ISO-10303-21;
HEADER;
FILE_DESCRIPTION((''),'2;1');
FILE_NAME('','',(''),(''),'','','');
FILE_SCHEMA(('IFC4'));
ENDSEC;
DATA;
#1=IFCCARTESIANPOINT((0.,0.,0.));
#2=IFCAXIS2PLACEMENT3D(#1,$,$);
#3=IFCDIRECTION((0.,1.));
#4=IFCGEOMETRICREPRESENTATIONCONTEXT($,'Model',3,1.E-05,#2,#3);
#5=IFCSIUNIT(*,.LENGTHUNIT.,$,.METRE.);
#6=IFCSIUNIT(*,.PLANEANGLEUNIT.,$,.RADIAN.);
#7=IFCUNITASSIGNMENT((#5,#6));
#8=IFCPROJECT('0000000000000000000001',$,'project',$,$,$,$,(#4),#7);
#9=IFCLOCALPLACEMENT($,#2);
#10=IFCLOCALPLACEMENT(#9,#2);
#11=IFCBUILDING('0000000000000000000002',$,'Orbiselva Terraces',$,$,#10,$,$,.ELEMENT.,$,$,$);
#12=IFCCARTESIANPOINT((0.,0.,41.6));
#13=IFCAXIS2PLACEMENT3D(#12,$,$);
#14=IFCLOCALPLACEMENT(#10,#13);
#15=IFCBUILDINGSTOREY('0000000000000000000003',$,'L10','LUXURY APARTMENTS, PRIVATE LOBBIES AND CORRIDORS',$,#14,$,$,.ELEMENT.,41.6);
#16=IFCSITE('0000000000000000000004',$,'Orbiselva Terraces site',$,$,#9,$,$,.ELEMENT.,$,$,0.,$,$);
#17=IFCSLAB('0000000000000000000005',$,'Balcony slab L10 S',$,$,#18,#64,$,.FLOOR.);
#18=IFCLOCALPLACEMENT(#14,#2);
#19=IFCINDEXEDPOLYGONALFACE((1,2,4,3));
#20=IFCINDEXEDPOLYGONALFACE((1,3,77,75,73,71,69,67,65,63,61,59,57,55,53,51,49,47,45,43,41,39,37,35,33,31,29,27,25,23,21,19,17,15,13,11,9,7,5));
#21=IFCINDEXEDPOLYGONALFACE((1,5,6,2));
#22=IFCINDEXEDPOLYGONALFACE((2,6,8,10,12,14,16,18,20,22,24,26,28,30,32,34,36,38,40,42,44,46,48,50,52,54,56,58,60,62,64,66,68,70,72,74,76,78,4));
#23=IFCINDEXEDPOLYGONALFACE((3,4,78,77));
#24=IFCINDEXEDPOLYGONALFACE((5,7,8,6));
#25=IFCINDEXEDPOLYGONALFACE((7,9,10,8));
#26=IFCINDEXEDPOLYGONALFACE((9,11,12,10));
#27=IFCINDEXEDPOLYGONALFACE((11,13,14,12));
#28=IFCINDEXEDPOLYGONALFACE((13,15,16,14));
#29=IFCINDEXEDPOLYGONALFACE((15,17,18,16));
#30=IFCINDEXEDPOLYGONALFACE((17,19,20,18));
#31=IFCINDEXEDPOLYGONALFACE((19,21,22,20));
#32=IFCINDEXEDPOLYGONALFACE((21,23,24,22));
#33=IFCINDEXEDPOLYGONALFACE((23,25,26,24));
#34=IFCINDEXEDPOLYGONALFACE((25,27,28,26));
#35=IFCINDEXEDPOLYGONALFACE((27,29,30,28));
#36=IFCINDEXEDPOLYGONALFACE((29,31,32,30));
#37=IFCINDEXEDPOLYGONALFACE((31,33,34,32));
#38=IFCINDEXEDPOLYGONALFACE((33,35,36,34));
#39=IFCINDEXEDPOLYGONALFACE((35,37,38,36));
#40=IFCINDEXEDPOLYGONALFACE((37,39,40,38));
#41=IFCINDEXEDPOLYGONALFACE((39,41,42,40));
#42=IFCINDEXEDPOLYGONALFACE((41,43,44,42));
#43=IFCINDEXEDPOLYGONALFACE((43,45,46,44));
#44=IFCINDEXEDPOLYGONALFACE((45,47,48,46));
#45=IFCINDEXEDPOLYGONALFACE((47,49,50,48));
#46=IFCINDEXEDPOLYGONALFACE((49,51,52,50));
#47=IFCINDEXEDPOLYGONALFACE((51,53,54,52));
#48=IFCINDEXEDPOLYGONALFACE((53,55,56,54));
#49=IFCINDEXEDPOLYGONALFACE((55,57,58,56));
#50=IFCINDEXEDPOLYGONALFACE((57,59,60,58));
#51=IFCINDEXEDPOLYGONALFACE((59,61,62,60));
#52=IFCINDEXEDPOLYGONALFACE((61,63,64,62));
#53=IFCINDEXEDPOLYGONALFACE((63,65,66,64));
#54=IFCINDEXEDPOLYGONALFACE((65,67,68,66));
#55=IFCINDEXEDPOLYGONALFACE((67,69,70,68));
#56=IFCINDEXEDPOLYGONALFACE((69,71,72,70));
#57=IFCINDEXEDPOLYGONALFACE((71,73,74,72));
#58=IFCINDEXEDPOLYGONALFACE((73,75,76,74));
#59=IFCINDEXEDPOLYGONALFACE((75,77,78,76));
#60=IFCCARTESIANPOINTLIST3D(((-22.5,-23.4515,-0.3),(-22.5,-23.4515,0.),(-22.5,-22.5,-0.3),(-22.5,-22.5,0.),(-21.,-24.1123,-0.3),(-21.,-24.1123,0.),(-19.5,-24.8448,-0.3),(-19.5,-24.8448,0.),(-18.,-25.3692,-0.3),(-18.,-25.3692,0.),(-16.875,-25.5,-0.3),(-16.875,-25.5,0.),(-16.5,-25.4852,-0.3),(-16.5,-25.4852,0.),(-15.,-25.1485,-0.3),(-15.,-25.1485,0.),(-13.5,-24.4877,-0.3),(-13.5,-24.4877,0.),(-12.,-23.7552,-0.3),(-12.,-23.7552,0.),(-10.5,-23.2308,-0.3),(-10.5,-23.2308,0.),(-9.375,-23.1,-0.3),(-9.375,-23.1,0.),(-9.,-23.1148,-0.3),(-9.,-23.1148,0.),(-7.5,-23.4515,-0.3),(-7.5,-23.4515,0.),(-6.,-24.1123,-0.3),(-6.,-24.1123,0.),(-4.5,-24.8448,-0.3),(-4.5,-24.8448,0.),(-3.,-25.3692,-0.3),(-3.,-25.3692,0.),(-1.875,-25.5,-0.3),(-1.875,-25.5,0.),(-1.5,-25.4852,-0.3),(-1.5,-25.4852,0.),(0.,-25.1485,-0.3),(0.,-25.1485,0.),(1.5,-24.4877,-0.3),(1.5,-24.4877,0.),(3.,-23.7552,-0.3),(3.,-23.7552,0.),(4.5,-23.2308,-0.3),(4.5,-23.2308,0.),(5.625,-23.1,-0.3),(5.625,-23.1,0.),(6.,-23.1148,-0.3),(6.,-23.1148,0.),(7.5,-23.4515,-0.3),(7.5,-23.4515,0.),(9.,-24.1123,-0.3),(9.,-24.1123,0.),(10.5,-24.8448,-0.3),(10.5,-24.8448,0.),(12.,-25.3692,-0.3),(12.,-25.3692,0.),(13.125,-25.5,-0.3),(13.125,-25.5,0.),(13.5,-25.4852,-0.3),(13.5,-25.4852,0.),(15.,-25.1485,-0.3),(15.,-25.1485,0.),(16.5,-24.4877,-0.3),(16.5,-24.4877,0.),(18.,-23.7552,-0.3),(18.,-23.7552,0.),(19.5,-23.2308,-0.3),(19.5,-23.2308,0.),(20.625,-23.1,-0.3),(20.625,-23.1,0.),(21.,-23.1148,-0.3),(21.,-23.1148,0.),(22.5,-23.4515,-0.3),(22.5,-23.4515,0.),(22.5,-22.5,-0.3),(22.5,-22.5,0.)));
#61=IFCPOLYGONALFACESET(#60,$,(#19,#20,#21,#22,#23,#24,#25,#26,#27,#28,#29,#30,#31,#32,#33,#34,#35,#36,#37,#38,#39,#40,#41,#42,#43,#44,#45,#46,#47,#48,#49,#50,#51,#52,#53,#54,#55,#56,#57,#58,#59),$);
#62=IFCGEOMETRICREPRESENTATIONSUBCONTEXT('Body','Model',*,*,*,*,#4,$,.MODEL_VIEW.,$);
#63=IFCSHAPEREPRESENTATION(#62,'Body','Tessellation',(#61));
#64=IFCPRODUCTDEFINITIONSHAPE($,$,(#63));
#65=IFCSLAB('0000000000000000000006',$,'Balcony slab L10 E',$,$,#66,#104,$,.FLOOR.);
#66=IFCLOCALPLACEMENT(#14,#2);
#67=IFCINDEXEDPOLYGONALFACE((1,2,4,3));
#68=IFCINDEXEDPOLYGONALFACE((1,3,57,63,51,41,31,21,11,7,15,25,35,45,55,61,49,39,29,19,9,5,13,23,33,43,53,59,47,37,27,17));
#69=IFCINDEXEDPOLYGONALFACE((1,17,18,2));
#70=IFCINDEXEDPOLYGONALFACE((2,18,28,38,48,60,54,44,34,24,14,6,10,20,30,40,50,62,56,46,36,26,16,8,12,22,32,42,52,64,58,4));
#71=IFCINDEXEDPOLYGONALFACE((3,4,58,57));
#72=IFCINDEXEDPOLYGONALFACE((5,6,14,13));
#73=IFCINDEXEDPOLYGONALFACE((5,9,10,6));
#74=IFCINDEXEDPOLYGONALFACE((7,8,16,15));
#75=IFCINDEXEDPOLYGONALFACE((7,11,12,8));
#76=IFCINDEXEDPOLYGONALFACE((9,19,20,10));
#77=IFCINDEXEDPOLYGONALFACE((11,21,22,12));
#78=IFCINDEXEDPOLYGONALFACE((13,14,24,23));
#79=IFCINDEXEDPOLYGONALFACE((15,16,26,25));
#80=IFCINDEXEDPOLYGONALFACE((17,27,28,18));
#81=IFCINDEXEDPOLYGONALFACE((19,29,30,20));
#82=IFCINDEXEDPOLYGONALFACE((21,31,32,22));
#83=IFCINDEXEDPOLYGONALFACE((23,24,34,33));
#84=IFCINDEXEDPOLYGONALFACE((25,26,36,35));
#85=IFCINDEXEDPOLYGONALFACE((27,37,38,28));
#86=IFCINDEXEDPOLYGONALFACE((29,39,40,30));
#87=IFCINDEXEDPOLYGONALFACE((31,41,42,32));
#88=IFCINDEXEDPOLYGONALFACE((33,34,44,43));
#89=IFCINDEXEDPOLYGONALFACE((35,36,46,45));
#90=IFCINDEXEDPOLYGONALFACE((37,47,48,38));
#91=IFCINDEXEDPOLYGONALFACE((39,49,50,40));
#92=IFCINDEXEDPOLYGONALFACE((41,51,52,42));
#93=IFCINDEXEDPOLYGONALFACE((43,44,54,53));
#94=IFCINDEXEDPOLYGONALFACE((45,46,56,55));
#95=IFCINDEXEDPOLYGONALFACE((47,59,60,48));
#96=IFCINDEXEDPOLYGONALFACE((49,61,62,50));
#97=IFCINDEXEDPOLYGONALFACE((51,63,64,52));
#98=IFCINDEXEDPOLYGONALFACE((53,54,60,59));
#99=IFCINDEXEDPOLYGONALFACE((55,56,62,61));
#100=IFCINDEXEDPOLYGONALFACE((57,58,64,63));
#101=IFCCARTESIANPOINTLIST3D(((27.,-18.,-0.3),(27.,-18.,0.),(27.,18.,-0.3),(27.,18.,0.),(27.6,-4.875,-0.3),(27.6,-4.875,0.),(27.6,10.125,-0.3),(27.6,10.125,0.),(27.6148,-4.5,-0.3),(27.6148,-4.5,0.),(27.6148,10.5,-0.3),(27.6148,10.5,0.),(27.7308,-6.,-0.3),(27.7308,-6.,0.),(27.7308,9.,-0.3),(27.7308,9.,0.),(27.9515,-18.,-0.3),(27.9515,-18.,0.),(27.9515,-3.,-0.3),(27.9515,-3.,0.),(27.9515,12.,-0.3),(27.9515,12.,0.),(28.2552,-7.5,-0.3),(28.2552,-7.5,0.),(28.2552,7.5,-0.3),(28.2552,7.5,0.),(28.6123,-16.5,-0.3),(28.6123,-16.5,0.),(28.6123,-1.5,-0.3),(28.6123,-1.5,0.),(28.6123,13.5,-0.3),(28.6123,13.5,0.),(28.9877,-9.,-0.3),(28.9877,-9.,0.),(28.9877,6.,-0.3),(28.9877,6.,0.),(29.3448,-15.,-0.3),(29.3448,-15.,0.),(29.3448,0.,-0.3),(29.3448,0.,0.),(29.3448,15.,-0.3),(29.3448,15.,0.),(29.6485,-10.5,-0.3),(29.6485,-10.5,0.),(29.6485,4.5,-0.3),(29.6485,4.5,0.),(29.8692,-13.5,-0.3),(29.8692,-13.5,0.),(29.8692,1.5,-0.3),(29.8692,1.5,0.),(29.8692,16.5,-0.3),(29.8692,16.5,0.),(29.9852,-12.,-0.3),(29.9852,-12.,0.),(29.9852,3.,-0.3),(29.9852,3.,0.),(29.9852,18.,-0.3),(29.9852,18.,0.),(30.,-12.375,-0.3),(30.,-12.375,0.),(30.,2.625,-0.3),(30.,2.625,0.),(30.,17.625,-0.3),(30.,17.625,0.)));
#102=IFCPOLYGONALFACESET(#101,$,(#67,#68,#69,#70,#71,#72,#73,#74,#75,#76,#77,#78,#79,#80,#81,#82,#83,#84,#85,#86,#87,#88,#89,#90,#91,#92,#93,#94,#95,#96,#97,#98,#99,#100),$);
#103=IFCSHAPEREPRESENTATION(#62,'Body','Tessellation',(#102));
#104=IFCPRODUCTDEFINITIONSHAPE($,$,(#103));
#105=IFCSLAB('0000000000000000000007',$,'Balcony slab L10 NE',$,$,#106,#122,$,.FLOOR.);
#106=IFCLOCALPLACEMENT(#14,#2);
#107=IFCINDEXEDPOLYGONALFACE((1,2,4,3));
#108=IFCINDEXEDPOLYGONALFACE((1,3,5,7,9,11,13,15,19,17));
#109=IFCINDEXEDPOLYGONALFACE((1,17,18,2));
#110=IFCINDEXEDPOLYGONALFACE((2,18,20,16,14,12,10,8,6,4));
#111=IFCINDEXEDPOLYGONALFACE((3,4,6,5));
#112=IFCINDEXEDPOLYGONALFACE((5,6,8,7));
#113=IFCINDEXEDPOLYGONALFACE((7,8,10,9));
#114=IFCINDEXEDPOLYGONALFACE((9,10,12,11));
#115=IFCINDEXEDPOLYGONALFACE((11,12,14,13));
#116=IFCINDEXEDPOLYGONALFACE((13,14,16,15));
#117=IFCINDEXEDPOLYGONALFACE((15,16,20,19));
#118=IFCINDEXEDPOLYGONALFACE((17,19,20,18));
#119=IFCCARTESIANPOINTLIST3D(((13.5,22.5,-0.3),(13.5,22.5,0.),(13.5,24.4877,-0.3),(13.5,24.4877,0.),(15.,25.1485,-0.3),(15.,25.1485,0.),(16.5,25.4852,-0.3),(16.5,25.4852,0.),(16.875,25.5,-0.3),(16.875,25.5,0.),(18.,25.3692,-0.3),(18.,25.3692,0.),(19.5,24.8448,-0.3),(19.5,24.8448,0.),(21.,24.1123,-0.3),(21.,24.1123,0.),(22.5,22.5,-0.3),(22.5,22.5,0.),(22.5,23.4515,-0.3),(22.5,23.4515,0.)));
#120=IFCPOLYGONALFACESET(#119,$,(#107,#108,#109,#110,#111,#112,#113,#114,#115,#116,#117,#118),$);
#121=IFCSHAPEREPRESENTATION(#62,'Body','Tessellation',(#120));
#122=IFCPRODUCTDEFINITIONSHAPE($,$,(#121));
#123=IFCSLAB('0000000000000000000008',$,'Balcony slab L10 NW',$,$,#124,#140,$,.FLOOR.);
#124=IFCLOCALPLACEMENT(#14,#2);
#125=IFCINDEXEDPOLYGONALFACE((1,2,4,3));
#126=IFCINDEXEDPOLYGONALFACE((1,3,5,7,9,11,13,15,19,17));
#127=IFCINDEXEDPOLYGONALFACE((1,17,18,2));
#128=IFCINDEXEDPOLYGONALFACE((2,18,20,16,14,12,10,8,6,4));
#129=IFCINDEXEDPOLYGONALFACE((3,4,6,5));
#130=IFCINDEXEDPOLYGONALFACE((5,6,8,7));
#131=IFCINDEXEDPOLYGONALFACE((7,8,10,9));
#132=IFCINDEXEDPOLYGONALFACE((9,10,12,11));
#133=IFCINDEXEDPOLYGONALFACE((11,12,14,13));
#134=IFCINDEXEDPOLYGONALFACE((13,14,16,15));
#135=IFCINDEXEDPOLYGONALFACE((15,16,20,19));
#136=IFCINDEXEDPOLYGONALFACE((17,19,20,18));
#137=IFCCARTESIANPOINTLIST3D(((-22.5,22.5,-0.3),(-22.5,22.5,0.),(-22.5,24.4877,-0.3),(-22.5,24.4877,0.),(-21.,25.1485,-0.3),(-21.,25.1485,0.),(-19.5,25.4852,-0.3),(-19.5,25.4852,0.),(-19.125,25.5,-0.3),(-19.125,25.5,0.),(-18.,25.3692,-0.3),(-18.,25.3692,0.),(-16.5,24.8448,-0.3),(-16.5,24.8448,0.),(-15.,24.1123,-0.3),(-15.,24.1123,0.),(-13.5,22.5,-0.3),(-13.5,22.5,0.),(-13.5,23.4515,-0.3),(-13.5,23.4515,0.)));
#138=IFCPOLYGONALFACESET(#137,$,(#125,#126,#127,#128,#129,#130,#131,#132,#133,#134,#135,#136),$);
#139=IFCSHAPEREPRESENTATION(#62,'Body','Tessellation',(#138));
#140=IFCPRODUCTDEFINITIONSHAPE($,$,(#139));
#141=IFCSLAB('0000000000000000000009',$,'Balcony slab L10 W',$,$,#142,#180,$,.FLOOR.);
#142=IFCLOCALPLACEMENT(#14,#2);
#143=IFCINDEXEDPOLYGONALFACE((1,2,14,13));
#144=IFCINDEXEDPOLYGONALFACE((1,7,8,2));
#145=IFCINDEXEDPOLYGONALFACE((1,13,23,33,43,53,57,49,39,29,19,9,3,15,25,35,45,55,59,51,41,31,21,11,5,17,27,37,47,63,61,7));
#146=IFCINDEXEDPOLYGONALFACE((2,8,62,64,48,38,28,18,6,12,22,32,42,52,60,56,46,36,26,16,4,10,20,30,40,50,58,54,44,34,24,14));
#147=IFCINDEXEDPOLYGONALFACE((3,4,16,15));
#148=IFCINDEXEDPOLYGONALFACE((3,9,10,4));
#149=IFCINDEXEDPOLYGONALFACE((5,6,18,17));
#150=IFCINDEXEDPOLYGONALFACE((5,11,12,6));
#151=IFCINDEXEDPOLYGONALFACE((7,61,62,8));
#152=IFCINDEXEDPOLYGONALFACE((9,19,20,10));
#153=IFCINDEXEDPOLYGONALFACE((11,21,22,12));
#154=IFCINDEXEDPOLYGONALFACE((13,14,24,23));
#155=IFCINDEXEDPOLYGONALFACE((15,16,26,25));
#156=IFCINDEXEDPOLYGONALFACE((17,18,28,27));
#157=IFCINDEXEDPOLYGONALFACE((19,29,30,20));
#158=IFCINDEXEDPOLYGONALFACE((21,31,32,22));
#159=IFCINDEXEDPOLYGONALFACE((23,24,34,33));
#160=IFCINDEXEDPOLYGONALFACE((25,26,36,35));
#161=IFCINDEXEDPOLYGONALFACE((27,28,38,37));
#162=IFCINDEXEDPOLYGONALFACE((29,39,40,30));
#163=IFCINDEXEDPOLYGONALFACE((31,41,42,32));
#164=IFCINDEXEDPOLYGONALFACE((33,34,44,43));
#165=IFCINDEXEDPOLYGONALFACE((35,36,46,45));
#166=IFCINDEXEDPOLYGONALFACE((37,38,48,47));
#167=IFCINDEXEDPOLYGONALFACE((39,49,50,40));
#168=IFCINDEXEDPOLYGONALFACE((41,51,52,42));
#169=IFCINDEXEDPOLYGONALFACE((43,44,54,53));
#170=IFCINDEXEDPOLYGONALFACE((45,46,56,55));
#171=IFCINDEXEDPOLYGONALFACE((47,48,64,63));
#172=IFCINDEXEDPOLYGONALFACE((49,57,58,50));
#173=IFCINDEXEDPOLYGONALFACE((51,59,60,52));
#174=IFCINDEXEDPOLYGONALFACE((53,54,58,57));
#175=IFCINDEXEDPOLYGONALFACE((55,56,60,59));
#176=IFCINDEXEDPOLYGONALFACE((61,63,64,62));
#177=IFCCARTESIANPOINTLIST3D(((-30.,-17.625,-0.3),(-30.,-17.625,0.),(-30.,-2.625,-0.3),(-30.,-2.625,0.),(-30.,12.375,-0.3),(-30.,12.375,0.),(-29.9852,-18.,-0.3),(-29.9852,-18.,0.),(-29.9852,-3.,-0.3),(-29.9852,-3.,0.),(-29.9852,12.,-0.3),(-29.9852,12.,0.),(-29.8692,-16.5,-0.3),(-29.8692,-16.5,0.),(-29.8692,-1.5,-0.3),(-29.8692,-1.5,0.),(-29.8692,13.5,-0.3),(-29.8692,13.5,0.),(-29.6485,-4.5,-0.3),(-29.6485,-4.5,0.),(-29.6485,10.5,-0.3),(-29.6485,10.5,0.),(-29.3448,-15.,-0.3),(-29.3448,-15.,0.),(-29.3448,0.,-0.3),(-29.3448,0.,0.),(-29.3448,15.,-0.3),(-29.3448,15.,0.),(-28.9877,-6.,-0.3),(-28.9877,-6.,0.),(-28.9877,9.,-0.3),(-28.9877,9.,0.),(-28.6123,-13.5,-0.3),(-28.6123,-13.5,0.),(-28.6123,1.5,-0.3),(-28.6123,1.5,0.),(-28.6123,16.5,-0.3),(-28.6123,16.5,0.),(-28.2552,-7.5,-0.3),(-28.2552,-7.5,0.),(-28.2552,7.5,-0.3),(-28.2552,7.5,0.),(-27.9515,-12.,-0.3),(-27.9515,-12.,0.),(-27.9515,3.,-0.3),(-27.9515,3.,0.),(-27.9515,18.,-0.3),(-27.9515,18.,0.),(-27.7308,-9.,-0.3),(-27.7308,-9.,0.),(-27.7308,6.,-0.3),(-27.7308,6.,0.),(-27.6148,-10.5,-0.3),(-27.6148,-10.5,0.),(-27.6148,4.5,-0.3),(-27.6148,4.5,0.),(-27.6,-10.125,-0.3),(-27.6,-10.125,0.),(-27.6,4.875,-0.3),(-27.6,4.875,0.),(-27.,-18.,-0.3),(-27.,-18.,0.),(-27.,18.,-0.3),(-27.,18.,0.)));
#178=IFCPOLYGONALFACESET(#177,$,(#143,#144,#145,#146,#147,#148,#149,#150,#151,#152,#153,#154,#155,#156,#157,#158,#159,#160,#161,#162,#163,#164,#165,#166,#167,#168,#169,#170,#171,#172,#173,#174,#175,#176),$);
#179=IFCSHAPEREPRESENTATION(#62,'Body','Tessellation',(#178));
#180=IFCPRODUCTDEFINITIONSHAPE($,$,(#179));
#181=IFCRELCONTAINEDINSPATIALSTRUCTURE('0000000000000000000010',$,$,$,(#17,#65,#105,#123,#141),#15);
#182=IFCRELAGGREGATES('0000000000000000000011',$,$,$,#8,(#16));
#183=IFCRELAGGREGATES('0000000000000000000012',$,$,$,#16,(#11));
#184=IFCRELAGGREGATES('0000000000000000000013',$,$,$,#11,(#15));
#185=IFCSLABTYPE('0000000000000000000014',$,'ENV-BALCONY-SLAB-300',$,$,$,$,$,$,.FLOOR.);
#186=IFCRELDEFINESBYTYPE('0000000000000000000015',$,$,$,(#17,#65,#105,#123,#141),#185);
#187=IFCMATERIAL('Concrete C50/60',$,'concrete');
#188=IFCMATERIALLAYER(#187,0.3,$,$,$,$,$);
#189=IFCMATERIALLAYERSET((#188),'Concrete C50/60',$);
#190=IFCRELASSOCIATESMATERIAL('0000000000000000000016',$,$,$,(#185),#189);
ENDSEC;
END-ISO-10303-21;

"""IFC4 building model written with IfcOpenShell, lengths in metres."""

from ifc_helpers import new_model, si_unit, direction, frame, origin, place, context, subcontext, project, spatial, polyline, outline, extrude, material, layer, layer_set, type_object, element, save


model = new_model("IFC4")

# Units and contexts
model_context = context("Model", 3, precision=1e-05, world=origin(), true_north=direction((0.0, 1.0)))
body_context = subcontext(model_context, "Body", "Model", "MODEL_VIEW")
ifc_project = project(units=[si_unit("LENGTHUNIT", "METRE"), si_unit("PLANEANGLEUNIT", "RADIAN")], contexts=[model_context])

# Site, building, storey
site_placement = place(None, origin())
site = spatial("IfcSite", under=ifc_project, at=site_placement, Name="Orbiselva Terraces site", CompositionType="ELEMENT", RefElevation=0.0)
building_placement = place(site_placement, origin())
building = spatial("IfcBuilding", under=site, at=building_placement, Name="Orbiselva Terraces", CompositionType="ELEMENT")
storey_placement = place(building_placement, frame((0.0, 0.0, 41.6)))
storey = spatial("IfcBuildingStorey", under=building, at=storey_placement, Name="L10", Description="LUXURY APARTMENTS, PRIVATE LOBBIES AND CORRIDORS", CompositionType="ELEMENT", Elevation=41.6)

# Slabs
ifc_material_1 = material(Name="Concrete C50/60", Category="concrete")
ifc_layer_1 = layer(ifc_material_1, 0.3)
ifc_layer_set_1 = layer_set([ifc_layer_1], Name="Concrete C50/60")
slab_type_1 = type_object("IfcSlabType", Name="ENV-BALCONY-SLAB-300", PredefinedType="FLOOR", material=ifc_layer_set_1)
slab_1_placement = place(storey_placement, frame((0.0, 0.0, -0.3)))
element("IfcSlab", 1, at=slab_1_placement, inside=storey, type_object=slab_type_1, Name="Balcony slab L10 S", PredefinedType="FLOOR", context=body_context, shape_type="SweptSolid", body=[
    extrude(outline(polyline([(-22.5, -23.4515), (-21.0, -24.1123), (-19.5, -24.8448), (-18.0, -25.3692), (-16.875, -25.5), (-16.5, -25.4852), (-15.0, -25.1485), (-13.5, -24.4877), (-12.0, -23.7552), (-10.5, -23.2308), (-9.375, -23.1), (-9.0, -23.1148), (-7.5, -23.4515), (-6.0, -24.1123), (-4.5, -24.8448), (-3.0, -25.3692), (-1.875, -25.5), (-1.5, -25.4852), (0.0, -25.1485), (1.5, -24.4877), (3.0, -23.7552), (4.5, -23.2308), (5.625, -23.1), (6.0, -23.1148), (7.5, -23.4515), (9.0, -24.1123), (10.5, -24.8448), (12.0, -25.3692), (13.125, -25.5), (13.5, -25.4852), (15.0, -25.1485), (16.5, -24.4877), (18.0, -23.7552), (19.5, -23.2308), (20.625, -23.1), (21.0, -23.1148), (22.5, -23.4515), (22.5, -22.5), (-22.5, -22.5), (-22.5, -23.4515)])), origin(), (0.0, 0.0, 1.0), 0.3),
])
slab_2_placement = place(storey_placement, frame((0.0, 0.0, -0.3)))
element("IfcSlab", 2, at=slab_2_placement, inside=storey, type_object=slab_type_1, Name="Balcony slab L10 E", PredefinedType="FLOOR", context=body_context, shape_type="SweptSolid", body=[
    extrude(outline(polyline([(27.9515, -18.0), (28.6123, -16.5), (29.3448, -15.0), (29.8692, -13.5), (30.0, -12.375), (29.9852, -12.0), (29.6485, -10.5), (28.9877, -9.0), (28.2552, -7.5), (27.7308, -6.0), (27.6, -4.875), (27.6148, -4.5), (27.9515, -3.0), (28.6123, -1.5), (29.3448, 0.0), (29.8692, 1.5), (30.0, 2.625), (29.9852, 3.0), (29.6485, 4.5), (28.9877, 6.0), (28.2552, 7.5), (27.7308, 9.0), (27.6, 10.125), (27.6148, 10.5), (27.9515, 12.0), (28.6123, 13.5), (29.3448, 15.0), (29.8692, 16.5), (30.0, 17.625), (29.9852, 18.0), (27.0, 18.0), (27.0, -18.0), (27.9515, -18.0)])), origin(), (0.0, 0.0, 1.0), 0.3),
])
slab_3_placement = place(storey_placement, frame((0.0, 0.0, -0.3)))
element("IfcSlab", 3, at=slab_3_placement, inside=storey, type_object=slab_type_1, Name="Balcony slab L10 NE", PredefinedType="FLOOR", context=body_context, shape_type="SweptSolid", body=[
    extrude(outline(polyline([(22.5, 23.4515), (21.0, 24.1123), (19.5, 24.8448), (18.0, 25.3692), (16.875, 25.5), (16.5, 25.4852), (15.0, 25.1485), (13.5, 24.4877), (13.5, 22.5), (22.5, 22.5), (22.5, 23.4515)])), origin(), (0.0, 0.0, 1.0), 0.3),
])
slab_4_placement = place(storey_placement, frame((0.0, 0.0, -0.3)))
element("IfcSlab", 4, at=slab_4_placement, inside=storey, type_object=slab_type_1, Name="Balcony slab L10 NW", PredefinedType="FLOOR", context=body_context, shape_type="SweptSolid", body=[
    extrude(outline(polyline([(-13.5, 23.4515), (-15.0, 24.1123), (-16.5, 24.8448), (-18.0, 25.3692), (-19.125, 25.5), (-19.5, 25.4852), (-21.0, 25.1485), (-22.5, 24.4877), (-22.5, 22.5), (-13.5, 22.5), (-13.5, 23.4515)])), origin(), (0.0, 0.0, 1.0), 0.3),
])
slab_5_placement = place(storey_placement, frame((0.0, 0.0, -0.3)))
element("IfcSlab", 5, at=slab_5_placement, inside=storey, type_object=slab_type_1, Name="Balcony slab L10 W", PredefinedType="FLOOR", context=body_context, shape_type="SweptSolid", body=[
    extrude(outline(polyline([(-27.9515, 18.0), (-28.6123, 16.5), (-29.3448, 15.0), (-29.8692, 13.5), (-30.0, 12.375), (-29.9852, 12.0), (-29.6485, 10.5), (-28.9877, 9.0), (-28.2552, 7.5), (-27.7308, 6.0), (-27.6, 4.875), (-27.6148, 4.5), (-27.9515, 3.0), (-28.6123, 1.5), (-29.3448, 0.0), (-29.8692, -1.5), (-30.0, -2.625), (-29.9852, -3.0), (-29.6485, -4.5), (-28.9877, -6.0), (-28.2552, -7.5), (-27.7308, -9.0), (-27.6, -10.125), (-27.6148, -10.5), (-27.9515, -12.0), (-28.6123, -13.5), (-29.3448, -15.0), (-29.8692, -16.5), (-30.0, -17.625), (-29.9852, -18.0), (-27.0, -18.0), (-27.0, 18.0), (-27.9515, 18.0)])), origin(), (0.0, 0.0, 1.0), 0.3),
])

save(model, "model.ifc")
